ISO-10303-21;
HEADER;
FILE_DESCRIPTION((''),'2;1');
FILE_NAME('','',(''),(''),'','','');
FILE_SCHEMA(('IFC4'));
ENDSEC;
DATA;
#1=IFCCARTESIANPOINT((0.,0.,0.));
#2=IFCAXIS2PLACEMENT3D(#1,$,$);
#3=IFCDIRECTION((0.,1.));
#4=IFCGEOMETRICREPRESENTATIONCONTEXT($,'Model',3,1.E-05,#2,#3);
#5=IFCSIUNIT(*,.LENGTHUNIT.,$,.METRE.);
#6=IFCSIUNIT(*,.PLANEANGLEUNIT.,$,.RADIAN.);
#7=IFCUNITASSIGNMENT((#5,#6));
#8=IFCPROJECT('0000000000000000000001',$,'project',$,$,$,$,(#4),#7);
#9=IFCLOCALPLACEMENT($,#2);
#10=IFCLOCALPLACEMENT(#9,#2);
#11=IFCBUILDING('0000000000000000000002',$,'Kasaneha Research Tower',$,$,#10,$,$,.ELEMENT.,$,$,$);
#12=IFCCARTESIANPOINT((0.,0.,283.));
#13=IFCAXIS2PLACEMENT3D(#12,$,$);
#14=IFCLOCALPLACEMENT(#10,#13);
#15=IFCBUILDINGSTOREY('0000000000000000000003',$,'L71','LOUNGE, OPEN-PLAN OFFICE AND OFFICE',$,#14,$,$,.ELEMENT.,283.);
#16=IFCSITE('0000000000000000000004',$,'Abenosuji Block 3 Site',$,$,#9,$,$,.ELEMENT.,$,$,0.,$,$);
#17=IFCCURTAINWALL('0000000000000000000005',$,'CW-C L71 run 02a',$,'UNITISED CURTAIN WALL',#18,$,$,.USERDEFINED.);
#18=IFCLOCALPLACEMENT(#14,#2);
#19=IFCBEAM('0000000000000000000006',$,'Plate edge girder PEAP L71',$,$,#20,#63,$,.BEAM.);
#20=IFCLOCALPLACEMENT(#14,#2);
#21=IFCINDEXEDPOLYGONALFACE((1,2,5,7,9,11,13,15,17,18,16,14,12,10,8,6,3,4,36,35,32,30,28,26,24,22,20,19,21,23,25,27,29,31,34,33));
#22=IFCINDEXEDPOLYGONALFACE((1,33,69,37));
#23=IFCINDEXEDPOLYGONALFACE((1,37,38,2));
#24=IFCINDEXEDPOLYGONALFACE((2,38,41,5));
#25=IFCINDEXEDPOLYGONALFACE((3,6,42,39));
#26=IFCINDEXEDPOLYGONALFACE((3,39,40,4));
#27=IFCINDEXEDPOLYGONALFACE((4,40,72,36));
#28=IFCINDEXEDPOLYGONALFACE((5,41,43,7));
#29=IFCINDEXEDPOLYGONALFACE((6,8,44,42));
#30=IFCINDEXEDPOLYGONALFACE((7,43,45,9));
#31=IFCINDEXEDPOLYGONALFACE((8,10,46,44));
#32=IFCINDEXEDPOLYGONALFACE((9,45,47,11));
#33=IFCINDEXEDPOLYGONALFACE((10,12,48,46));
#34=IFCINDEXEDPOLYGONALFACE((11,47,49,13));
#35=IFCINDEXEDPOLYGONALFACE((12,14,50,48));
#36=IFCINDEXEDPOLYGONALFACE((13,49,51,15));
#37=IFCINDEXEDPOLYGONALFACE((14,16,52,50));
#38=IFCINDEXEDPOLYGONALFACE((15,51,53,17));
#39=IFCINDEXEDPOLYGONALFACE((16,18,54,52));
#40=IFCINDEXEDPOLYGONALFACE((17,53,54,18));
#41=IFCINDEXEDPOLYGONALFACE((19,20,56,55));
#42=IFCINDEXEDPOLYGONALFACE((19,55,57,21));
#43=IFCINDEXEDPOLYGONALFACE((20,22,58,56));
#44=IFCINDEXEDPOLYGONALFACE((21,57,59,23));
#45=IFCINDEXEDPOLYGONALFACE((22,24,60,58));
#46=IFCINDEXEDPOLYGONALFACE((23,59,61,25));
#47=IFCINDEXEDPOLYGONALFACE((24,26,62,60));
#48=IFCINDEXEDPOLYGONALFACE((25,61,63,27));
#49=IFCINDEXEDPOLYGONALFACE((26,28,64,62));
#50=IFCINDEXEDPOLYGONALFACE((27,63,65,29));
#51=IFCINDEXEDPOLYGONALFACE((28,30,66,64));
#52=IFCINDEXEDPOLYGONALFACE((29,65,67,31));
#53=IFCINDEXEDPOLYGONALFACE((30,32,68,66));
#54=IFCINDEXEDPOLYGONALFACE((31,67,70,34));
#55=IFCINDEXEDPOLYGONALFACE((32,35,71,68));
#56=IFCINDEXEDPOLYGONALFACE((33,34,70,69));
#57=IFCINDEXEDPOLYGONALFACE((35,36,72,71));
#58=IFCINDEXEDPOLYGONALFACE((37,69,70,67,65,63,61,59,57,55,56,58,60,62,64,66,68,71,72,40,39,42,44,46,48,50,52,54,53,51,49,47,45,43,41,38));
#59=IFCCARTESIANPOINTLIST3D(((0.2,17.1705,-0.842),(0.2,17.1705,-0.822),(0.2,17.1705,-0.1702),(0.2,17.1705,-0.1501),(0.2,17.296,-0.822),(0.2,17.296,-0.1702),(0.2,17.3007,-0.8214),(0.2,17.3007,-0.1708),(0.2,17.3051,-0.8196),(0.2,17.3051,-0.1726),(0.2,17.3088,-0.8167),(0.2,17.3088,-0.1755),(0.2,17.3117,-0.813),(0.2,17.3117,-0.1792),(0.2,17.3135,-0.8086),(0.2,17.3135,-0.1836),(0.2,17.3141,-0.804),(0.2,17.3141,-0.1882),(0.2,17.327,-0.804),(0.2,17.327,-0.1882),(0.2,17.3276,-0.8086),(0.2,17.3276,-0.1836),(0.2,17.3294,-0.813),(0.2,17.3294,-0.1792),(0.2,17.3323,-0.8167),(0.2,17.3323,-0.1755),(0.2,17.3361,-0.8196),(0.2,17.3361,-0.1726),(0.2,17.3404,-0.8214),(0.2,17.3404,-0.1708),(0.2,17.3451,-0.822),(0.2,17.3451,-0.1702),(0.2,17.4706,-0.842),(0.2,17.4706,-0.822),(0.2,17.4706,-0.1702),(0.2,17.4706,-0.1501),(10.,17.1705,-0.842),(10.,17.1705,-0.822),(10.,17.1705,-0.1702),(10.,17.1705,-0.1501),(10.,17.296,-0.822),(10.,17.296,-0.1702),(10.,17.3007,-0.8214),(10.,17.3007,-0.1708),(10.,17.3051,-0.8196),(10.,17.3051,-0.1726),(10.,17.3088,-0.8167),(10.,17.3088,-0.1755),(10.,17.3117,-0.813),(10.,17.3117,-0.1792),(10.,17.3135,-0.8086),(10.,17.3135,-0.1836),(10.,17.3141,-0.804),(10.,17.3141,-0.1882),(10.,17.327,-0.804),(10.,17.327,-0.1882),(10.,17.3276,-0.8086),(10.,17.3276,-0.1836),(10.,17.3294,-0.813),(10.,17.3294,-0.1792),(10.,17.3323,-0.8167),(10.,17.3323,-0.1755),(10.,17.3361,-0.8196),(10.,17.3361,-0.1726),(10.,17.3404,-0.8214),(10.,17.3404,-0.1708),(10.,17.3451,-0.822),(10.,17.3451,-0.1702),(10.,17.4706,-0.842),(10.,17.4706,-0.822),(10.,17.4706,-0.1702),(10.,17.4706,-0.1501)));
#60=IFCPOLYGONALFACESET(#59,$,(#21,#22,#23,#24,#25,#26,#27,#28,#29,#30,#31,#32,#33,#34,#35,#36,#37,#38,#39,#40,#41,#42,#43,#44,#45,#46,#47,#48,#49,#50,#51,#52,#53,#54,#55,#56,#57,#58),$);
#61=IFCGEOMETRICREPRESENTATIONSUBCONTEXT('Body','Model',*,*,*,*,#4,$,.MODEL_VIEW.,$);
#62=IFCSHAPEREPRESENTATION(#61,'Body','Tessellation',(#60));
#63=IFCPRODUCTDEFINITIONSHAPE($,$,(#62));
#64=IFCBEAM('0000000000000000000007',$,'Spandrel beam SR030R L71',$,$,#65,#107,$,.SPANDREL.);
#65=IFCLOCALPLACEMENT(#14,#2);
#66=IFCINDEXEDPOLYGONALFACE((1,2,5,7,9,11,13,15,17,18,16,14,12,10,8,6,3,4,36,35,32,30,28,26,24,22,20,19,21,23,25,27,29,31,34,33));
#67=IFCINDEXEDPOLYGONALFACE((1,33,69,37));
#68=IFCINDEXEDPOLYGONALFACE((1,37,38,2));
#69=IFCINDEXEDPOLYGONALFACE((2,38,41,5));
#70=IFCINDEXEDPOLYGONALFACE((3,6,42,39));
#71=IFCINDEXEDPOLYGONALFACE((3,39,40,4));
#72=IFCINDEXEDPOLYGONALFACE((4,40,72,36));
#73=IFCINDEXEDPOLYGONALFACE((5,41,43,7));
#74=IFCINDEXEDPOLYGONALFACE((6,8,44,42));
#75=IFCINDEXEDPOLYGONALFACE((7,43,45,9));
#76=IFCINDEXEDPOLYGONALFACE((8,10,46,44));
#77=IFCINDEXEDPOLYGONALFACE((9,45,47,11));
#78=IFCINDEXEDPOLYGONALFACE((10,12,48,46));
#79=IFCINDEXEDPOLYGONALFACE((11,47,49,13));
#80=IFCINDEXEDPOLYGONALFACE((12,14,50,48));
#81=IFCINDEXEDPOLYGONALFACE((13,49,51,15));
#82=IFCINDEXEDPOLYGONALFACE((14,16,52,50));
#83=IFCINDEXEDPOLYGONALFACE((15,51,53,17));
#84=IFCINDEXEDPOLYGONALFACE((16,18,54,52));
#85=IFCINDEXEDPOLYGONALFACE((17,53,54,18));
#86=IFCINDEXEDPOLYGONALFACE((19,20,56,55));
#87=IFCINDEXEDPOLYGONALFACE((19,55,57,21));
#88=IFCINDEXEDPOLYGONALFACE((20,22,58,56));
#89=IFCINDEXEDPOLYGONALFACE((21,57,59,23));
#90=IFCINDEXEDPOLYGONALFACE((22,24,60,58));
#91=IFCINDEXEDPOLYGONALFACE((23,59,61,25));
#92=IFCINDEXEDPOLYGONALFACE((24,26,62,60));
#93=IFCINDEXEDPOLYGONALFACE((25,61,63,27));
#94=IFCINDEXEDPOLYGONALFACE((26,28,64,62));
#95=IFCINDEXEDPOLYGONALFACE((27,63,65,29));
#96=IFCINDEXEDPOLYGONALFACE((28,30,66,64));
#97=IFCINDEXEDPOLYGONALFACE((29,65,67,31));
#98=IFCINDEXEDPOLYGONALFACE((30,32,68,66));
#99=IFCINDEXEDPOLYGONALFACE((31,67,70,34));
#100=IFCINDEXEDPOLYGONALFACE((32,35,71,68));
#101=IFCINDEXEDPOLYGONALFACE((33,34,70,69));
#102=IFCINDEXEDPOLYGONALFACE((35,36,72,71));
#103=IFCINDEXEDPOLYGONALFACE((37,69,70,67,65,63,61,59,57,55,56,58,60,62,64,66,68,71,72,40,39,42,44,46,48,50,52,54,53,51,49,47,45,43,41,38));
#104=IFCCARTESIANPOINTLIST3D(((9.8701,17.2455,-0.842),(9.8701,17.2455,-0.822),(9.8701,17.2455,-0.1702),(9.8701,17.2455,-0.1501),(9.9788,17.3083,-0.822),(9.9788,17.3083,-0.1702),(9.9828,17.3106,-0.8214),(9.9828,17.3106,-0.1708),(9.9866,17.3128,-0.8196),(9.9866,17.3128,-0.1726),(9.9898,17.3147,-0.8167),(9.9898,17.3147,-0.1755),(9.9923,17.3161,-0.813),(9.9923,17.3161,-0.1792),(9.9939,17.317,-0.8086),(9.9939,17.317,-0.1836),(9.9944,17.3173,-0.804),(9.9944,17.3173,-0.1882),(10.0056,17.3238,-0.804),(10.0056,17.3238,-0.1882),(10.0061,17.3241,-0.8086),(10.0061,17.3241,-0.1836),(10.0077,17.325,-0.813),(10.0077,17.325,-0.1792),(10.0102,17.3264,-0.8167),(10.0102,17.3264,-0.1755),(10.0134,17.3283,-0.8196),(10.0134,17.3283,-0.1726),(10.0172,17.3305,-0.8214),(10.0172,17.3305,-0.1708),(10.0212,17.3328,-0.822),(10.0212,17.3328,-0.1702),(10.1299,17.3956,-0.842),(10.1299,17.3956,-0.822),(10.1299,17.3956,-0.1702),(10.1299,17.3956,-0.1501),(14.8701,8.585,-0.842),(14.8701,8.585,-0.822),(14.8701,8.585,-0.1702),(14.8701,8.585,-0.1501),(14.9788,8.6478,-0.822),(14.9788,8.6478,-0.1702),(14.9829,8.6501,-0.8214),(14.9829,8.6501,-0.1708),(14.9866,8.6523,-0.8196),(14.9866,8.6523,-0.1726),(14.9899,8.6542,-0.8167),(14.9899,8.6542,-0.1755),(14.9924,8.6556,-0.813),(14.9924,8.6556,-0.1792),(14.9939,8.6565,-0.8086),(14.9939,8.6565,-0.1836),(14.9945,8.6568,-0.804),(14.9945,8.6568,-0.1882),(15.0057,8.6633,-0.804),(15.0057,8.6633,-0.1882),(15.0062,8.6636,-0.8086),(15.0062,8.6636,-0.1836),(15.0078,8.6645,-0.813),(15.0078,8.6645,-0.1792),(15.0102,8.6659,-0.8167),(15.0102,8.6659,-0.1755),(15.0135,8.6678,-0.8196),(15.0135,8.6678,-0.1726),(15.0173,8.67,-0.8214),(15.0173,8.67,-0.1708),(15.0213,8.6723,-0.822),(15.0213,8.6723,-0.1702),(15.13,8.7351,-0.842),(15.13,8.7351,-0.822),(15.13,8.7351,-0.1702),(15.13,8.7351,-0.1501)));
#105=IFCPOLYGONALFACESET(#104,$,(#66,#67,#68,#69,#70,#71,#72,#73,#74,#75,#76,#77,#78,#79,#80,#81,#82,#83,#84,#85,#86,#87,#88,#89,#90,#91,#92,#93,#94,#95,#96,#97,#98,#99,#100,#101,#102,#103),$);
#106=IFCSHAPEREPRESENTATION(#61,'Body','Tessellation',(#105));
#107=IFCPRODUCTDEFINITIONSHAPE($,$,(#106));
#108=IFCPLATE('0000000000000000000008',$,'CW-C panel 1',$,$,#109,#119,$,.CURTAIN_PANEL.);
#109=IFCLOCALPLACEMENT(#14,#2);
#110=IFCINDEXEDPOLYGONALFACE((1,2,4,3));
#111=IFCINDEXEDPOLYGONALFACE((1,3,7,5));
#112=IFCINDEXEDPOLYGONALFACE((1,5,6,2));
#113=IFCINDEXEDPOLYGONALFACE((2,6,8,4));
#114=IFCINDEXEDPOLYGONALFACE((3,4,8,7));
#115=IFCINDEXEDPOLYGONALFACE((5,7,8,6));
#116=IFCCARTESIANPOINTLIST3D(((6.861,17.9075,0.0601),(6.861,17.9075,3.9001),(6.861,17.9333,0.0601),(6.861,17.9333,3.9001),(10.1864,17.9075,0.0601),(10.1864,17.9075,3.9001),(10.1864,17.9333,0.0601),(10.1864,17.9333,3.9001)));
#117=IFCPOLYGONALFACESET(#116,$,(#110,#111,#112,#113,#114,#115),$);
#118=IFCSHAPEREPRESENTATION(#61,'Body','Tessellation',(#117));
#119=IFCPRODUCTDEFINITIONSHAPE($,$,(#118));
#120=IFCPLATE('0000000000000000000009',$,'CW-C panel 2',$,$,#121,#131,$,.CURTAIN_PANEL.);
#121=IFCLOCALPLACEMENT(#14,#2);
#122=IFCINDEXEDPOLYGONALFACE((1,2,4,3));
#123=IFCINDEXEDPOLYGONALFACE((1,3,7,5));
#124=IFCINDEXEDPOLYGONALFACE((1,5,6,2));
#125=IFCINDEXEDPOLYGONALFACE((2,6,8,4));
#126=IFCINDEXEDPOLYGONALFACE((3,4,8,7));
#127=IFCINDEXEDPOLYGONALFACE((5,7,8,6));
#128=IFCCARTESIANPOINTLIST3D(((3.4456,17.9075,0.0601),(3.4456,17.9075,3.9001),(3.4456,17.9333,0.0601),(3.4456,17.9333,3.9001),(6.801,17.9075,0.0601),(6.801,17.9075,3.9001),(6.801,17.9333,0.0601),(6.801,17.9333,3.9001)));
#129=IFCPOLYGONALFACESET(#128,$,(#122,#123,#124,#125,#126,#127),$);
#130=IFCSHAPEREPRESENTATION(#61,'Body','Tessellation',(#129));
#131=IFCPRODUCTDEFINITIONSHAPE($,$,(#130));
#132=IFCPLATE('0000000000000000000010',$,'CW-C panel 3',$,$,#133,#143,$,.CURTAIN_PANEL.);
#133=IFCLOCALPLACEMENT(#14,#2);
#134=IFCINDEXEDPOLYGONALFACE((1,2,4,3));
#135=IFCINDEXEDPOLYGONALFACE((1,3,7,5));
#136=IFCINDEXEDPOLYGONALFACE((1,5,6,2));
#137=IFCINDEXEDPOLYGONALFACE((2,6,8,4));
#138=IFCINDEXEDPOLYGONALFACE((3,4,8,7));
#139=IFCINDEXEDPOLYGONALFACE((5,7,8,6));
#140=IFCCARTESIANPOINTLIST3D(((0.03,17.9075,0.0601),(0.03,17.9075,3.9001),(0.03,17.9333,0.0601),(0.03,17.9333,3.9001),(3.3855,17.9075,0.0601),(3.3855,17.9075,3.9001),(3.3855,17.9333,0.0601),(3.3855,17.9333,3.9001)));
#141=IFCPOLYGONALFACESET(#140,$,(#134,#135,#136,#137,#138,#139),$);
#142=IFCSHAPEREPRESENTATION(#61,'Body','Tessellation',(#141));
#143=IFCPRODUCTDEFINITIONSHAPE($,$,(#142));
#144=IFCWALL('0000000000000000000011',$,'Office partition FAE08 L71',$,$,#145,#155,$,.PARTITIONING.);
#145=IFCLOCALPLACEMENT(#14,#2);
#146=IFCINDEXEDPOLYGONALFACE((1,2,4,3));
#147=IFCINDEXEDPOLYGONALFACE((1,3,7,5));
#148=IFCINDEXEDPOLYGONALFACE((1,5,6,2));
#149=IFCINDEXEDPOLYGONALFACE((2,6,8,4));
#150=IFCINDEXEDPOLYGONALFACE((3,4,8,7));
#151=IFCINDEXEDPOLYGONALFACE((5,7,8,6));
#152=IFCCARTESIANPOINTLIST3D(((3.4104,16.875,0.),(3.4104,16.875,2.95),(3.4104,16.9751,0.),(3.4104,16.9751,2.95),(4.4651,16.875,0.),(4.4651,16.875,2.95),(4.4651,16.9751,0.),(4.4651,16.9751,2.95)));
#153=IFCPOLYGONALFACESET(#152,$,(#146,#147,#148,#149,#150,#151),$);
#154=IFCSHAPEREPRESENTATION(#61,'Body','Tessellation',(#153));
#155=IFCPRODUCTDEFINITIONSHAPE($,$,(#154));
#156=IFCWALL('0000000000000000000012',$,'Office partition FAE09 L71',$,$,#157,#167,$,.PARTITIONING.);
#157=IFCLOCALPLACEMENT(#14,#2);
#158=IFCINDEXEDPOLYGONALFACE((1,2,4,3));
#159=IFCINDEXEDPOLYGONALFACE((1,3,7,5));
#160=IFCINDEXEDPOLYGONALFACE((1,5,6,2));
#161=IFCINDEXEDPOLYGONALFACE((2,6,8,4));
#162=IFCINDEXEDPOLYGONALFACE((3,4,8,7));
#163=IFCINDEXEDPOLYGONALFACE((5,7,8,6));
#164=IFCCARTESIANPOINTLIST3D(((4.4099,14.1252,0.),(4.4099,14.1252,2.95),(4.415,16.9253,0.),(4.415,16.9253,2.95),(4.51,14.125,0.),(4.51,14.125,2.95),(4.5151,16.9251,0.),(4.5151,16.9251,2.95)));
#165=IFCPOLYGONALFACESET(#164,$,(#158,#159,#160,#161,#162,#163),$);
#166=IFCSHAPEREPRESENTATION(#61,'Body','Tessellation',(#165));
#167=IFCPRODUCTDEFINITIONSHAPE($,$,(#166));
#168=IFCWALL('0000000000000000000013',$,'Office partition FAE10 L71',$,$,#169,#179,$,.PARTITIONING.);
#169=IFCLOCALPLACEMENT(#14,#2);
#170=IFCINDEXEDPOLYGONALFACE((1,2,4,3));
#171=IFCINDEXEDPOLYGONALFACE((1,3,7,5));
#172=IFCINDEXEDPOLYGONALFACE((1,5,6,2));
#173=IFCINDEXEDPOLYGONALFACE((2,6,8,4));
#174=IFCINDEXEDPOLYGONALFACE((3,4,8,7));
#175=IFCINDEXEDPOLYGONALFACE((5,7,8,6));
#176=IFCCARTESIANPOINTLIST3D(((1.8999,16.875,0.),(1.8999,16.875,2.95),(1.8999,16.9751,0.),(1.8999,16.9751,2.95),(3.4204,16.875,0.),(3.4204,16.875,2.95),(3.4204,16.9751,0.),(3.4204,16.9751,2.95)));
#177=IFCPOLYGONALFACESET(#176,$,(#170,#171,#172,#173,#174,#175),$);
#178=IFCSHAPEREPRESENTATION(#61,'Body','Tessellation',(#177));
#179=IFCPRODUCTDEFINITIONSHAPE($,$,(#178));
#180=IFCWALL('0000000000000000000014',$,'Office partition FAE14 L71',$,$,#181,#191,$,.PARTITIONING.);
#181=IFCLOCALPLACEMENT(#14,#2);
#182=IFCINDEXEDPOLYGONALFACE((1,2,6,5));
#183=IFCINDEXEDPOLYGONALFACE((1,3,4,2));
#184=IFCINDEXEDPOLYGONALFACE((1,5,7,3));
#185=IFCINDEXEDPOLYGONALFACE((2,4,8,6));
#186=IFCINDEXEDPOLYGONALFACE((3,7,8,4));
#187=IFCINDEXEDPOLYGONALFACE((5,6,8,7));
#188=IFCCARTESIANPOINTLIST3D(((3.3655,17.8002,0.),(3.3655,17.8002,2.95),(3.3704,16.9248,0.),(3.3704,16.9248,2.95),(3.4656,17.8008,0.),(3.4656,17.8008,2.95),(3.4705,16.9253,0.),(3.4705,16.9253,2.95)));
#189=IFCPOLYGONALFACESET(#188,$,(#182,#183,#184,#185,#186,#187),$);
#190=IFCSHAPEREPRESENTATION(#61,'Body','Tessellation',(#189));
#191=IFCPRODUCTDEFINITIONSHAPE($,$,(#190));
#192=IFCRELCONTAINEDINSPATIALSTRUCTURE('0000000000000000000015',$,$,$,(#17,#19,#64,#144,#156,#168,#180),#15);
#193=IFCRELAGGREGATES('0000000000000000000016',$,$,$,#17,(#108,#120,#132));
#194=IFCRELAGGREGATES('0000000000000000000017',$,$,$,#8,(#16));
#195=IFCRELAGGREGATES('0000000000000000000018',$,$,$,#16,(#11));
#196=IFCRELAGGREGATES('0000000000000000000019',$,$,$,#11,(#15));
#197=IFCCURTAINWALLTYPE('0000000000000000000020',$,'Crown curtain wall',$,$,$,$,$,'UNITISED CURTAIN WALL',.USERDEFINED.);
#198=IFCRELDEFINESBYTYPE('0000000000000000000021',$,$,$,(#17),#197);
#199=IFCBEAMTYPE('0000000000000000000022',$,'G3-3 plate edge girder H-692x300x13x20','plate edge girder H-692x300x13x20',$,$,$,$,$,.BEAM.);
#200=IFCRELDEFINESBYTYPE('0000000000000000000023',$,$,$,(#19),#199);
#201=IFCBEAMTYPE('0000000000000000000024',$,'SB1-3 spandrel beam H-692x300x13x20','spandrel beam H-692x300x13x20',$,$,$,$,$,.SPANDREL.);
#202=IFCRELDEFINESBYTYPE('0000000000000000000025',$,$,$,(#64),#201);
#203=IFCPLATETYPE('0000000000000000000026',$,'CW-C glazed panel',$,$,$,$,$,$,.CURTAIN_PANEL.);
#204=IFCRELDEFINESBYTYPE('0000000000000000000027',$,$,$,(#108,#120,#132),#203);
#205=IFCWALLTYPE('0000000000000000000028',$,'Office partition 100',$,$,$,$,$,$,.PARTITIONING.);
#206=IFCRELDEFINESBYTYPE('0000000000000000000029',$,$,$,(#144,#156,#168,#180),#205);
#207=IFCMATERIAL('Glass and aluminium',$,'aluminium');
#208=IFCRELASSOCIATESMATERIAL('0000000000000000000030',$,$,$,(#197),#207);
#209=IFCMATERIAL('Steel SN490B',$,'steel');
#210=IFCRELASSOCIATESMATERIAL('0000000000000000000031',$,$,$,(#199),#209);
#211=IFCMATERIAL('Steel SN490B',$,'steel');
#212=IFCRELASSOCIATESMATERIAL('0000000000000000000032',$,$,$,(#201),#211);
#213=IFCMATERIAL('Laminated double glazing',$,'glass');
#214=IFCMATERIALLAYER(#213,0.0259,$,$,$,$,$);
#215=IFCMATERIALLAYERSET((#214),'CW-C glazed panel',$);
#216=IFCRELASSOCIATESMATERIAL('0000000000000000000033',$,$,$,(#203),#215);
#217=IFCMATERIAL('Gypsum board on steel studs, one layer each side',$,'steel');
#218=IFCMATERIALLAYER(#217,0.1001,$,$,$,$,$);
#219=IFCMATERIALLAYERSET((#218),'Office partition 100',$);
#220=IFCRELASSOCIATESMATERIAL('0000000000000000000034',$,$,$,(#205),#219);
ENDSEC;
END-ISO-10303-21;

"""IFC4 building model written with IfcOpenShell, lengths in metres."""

from ifc_helpers import new_model, si_unit, direction, frame, frame_2d, origin, origin_2d, place, context, subcontext, project, spatial, rectangle, i_section, extrude, material, layer, layer_set, material_profile, profile_set, type_object, element, aggregate, save


model = new_model("IFC4")

# Units and contexts
model_context = context("Model", 3, precision=1e-05, world=origin(), true_north=direction((0.0, 1.0)))
body_context = subcontext(model_context, "Body", "Model", "MODEL_VIEW")
ifc_project = project(units=[si_unit("LENGTHUNIT", "METRE"), si_unit("PLANEANGLEUNIT", "RADIAN")], contexts=[model_context])

# Site, building, storey
site_placement = place(None, origin())
site = spatial("IfcSite", under=ifc_project, at=site_placement, Name="Abenosuji Block 3 Site", CompositionType="ELEMENT", RefElevation=0.0)
building_placement = place(site_placement, origin())
building = spatial("IfcBuilding", under=site, at=building_placement, Name="Kasaneha Research Tower", CompositionType="ELEMENT")
storey_placement = place(building_placement, frame((0.0, 0.0, 283.0)))
storey = spatial("IfcBuildingStorey", under=building, at=storey_placement, Name="L71", Description="LOUNGE, OPEN-PLAN OFFICE AND OFFICE", CompositionType="ELEMENT", Elevation=283.0)

# Curtain wall
ifc_material_1 = material(Name="Glass and aluminium", Category="aluminium")
curtain_wall_type = type_object("IfcCurtainWallType", Name="Crown curtain wall", ElementType="UNITISED CURTAIN WALL", PredefinedType="USERDEFINED", material=ifc_material_1)
curtain_wall_placement = place(storey_placement, origin())
curtain_wall = element("IfcCurtainWall", 1, at=curtain_wall_placement, inside=storey, type_object=curtain_wall_type, Name="CW-C L71 run 02a", ObjectType="UNITISED CURTAIN WALL", PredefinedType="USERDEFINED")

# Beams
ifc_material_2 = material(Name="Steel SN490B", Category="steel")
ifc_material_profile_1 = material_profile(ifc_material_2, i_section(OverallWidth=0.3, OverallDepth=0.6919, WebThickness=0.0129, FlangeThickness=0.02, FilletRadius=0.0181, at=origin_2d()), Name="H-692x300x13x20")
ifc_profile_set_1 = profile_set([ifc_material_profile_1], Name="Steel SN490B")
beam_type_1 = type_object("IfcBeamType", Name="G3-3 plate edge girder H-692x300x13x20", Description="plate edge girder H-692x300x13x20", PredefinedType="BEAM", material=ifc_profile_set_1)
beam_1_placement = place(storey_placement, frame((10.0, 17.3206, -0.4961), z_axis=(-1.0, 0.0, 0.0), x_axis=(0.0, -1.0, 0.0)))
element("IfcBeam", 2, at=beam_1_placement, inside=storey, type_object=beam_type_1, Name="Plate edge girder PEAP L71", PredefinedType="BEAM", context=body_context, shape_type="SweptSolid", body=[
    extrude(i_section(OverallWidth=0.3, OverallDepth=0.6919, WebThickness=0.0129, FlangeThickness=0.02, FilletRadius=0.0181, at=origin_2d()), origin(), (0.0, 0.0, 1.0), 9.8),
])
ifc_material_3 = material(Name="Steel SN490B", Category="steel")
ifc_material_profile_2 = material_profile(ifc_material_3, i_section(OverallWidth=0.3, OverallDepth=0.6919, WebThickness=0.0129, FlangeThickness=0.02, FilletRadius=0.0181, at=origin_2d()), Name="H-692x300x13x20")
ifc_profile_set_2 = profile_set([ifc_material_profile_2], Name="Steel SN490B")
beam_type_2 = type_object("IfcBeamType", Name="SB1-3 spandrel beam H-692x300x13x20", Description="spandrel beam H-692x300x13x20", PredefinedType="SPANDREL", material=ifc_profile_set_2)
beam_2_placement = place(storey_placement, frame((10.0, 17.3206, -0.4961), z_axis=(0.499994, -0.866029, 0.0), x_axis=(0.866029, 0.499994, 0.0)))
element("IfcBeam", 3, at=beam_2_placement, inside=storey, type_object=beam_type_2, Name="Spandrel beam SR030R L71", PredefinedType="SPANDREL", context=body_context, shape_type="SweptSolid", body=[
    extrude(i_section(OverallWidth=0.3, OverallDepth=0.6919, WebThickness=0.0129, FlangeThickness=0.02, FilletRadius=0.0181, at=origin_2d()), origin(), (0.0, 0.0, 1.0), 10.0002),
])

# Plates
ifc_material_4 = material(Name="Laminated double glazing", Category="glass")
ifc_layer_1 = layer(ifc_material_4, 0.0259)
ifc_layer_set_1 = layer_set([ifc_layer_1], Name="CW-C glazed panel")
plate_type = type_object("IfcPlateType", Name="CW-C glazed panel", PredefinedType="CURTAIN_PANEL", material=ifc_layer_set_1)
plate_1_placement = place(storey_placement, frame((8.5237, 17.9204, 0.0601), z_axis=(0.0, 0.0, 1.0), x_axis=(-1.0, 0.0, 0.0)))
plate_1 = element("IfcPlate", 4, at=plate_1_placement, type_object=plate_type, Name="CW-C panel 1", PredefinedType="CURTAIN_PANEL", context=body_context, shape_type="SweptSolid", body=[
    extrude(rectangle(XDim=3.3254, YDim=0.0259, at=origin_2d()), origin(), (0.0, 0.0, 1.0), 3.8401),
])
plate_2_placement = place(storey_placement, frame((5.1233, 17.9204, 0.0601), z_axis=(0.0, 0.0, 1.0), x_axis=(-1.0, 0.0, 0.0)))
plate_2 = element("IfcPlate", 5, at=plate_2_placement, type_object=plate_type, Name="CW-C panel 2", PredefinedType="CURTAIN_PANEL", context=body_context, shape_type="SweptSolid", body=[
    extrude(rectangle(XDim=3.3555, YDim=0.0259, at=origin_2d()), origin(), (0.0, 0.0, 1.0), 3.8401),
])
plate_3_placement = place(storey_placement, frame((1.7078, 17.9204, 0.0601), z_axis=(0.0, 0.0, 1.0), x_axis=(-1.0, 0.0, 0.0)))
plate_3 = element("IfcPlate", 6, at=plate_3_placement, type_object=plate_type, Name="CW-C panel 3", PredefinedType="CURTAIN_PANEL", context=body_context, shape_type="SweptSolid", body=[
    extrude(rectangle(XDim=3.3555, YDim=0.0259, at=origin_2d()), origin(), (0.0, 0.0, 1.0), 3.8401),
])
aggregate(curtain_wall, [plate_1, plate_2, plate_3])

# Walls
ifc_material_5 = material(Name="Gypsum board on steel studs, one layer each side", Category="steel")
ifc_layer_2 = layer(ifc_material_5, 0.1001)
ifc_layer_set_2 = layer_set([ifc_layer_2], Name="Office partition 100")
wall_type_1 = type_object("IfcWallType", Name="Office partition 100", PredefinedType="PARTITIONING", material=ifc_layer_set_2)
wall_1_placement = place(storey_placement, frame((3.4104, 16.925, 0.0), z_axis=(0.0, 0.0, 1.0), x_axis=(1.0, 0.0, 0.0)))
element("IfcWall", 7, at=wall_1_placement, inside=storey, type_object=wall_type_1, Name="Office partition FAE08 L71", PredefinedType="PARTITIONING", context=body_context, shape_type="SweptSolid", body=[
    extrude(rectangle(XDim=1.0547, YDim=0.1001, at=frame_2d((0.5273, 0.0))), origin(), (0.0, 0.0, 1.0), 2.95),
])
wall_2_placement = place(storey_placement, frame((4.4651, 16.925, 0.0), z_axis=(0.0, 0.0, 1.0), x_axis=(-0.001831, -0.999998, 0.0)))
element("IfcWall", 8, at=wall_2_placement, inside=storey, type_object=wall_type_1, Name="Office partition FAE09 L71", PredefinedType="PARTITIONING", context=body_context, shape_type="SweptSolid", body=[
    extrude(rectangle(XDim=2.8, YDim=0.1001, at=frame_2d((1.3999, 0.0))), origin(), (0.0, 0.0, 1.0), 2.95),
])
wall_3_placement = place(storey_placement, frame((1.8999, 16.925, 0.0), z_axis=(0.0, 0.0, 1.0), x_axis=(1.0, 0.0, 0.0)))
element("IfcWall", 9, at=wall_3_placement, inside=storey, type_object=wall_type_1, Name="Office partition FAE10 L71", PredefinedType="PARTITIONING", context=body_context, shape_type="SweptSolid", body=[
    extrude(rectangle(XDim=1.5205, YDim=0.1001, at=frame_2d((0.7603, 0.0))), origin(), (0.0, 0.0, 1.0), 2.95),
])
wall_4_placement = place(storey_placement, frame((3.4204, 16.925, 0.0), z_axis=(0.0, 0.0, 1.0), x_axis=(-0.005577, 0.999984, 0.0)))
element("IfcWall", 10, at=wall_4_placement, inside=storey, type_object=wall_type_1, Name="Office partition FAE14 L71", PredefinedType="PARTITIONING", context=body_context, shape_type="SweptSolid", body=[
    extrude(rectangle(XDim=0.8755, YDim=0.1001, at=frame_2d((0.4377, 0.0))), origin(), (0.0, 0.0, 1.0), 2.95),
])

save(model, "model.ifc")
